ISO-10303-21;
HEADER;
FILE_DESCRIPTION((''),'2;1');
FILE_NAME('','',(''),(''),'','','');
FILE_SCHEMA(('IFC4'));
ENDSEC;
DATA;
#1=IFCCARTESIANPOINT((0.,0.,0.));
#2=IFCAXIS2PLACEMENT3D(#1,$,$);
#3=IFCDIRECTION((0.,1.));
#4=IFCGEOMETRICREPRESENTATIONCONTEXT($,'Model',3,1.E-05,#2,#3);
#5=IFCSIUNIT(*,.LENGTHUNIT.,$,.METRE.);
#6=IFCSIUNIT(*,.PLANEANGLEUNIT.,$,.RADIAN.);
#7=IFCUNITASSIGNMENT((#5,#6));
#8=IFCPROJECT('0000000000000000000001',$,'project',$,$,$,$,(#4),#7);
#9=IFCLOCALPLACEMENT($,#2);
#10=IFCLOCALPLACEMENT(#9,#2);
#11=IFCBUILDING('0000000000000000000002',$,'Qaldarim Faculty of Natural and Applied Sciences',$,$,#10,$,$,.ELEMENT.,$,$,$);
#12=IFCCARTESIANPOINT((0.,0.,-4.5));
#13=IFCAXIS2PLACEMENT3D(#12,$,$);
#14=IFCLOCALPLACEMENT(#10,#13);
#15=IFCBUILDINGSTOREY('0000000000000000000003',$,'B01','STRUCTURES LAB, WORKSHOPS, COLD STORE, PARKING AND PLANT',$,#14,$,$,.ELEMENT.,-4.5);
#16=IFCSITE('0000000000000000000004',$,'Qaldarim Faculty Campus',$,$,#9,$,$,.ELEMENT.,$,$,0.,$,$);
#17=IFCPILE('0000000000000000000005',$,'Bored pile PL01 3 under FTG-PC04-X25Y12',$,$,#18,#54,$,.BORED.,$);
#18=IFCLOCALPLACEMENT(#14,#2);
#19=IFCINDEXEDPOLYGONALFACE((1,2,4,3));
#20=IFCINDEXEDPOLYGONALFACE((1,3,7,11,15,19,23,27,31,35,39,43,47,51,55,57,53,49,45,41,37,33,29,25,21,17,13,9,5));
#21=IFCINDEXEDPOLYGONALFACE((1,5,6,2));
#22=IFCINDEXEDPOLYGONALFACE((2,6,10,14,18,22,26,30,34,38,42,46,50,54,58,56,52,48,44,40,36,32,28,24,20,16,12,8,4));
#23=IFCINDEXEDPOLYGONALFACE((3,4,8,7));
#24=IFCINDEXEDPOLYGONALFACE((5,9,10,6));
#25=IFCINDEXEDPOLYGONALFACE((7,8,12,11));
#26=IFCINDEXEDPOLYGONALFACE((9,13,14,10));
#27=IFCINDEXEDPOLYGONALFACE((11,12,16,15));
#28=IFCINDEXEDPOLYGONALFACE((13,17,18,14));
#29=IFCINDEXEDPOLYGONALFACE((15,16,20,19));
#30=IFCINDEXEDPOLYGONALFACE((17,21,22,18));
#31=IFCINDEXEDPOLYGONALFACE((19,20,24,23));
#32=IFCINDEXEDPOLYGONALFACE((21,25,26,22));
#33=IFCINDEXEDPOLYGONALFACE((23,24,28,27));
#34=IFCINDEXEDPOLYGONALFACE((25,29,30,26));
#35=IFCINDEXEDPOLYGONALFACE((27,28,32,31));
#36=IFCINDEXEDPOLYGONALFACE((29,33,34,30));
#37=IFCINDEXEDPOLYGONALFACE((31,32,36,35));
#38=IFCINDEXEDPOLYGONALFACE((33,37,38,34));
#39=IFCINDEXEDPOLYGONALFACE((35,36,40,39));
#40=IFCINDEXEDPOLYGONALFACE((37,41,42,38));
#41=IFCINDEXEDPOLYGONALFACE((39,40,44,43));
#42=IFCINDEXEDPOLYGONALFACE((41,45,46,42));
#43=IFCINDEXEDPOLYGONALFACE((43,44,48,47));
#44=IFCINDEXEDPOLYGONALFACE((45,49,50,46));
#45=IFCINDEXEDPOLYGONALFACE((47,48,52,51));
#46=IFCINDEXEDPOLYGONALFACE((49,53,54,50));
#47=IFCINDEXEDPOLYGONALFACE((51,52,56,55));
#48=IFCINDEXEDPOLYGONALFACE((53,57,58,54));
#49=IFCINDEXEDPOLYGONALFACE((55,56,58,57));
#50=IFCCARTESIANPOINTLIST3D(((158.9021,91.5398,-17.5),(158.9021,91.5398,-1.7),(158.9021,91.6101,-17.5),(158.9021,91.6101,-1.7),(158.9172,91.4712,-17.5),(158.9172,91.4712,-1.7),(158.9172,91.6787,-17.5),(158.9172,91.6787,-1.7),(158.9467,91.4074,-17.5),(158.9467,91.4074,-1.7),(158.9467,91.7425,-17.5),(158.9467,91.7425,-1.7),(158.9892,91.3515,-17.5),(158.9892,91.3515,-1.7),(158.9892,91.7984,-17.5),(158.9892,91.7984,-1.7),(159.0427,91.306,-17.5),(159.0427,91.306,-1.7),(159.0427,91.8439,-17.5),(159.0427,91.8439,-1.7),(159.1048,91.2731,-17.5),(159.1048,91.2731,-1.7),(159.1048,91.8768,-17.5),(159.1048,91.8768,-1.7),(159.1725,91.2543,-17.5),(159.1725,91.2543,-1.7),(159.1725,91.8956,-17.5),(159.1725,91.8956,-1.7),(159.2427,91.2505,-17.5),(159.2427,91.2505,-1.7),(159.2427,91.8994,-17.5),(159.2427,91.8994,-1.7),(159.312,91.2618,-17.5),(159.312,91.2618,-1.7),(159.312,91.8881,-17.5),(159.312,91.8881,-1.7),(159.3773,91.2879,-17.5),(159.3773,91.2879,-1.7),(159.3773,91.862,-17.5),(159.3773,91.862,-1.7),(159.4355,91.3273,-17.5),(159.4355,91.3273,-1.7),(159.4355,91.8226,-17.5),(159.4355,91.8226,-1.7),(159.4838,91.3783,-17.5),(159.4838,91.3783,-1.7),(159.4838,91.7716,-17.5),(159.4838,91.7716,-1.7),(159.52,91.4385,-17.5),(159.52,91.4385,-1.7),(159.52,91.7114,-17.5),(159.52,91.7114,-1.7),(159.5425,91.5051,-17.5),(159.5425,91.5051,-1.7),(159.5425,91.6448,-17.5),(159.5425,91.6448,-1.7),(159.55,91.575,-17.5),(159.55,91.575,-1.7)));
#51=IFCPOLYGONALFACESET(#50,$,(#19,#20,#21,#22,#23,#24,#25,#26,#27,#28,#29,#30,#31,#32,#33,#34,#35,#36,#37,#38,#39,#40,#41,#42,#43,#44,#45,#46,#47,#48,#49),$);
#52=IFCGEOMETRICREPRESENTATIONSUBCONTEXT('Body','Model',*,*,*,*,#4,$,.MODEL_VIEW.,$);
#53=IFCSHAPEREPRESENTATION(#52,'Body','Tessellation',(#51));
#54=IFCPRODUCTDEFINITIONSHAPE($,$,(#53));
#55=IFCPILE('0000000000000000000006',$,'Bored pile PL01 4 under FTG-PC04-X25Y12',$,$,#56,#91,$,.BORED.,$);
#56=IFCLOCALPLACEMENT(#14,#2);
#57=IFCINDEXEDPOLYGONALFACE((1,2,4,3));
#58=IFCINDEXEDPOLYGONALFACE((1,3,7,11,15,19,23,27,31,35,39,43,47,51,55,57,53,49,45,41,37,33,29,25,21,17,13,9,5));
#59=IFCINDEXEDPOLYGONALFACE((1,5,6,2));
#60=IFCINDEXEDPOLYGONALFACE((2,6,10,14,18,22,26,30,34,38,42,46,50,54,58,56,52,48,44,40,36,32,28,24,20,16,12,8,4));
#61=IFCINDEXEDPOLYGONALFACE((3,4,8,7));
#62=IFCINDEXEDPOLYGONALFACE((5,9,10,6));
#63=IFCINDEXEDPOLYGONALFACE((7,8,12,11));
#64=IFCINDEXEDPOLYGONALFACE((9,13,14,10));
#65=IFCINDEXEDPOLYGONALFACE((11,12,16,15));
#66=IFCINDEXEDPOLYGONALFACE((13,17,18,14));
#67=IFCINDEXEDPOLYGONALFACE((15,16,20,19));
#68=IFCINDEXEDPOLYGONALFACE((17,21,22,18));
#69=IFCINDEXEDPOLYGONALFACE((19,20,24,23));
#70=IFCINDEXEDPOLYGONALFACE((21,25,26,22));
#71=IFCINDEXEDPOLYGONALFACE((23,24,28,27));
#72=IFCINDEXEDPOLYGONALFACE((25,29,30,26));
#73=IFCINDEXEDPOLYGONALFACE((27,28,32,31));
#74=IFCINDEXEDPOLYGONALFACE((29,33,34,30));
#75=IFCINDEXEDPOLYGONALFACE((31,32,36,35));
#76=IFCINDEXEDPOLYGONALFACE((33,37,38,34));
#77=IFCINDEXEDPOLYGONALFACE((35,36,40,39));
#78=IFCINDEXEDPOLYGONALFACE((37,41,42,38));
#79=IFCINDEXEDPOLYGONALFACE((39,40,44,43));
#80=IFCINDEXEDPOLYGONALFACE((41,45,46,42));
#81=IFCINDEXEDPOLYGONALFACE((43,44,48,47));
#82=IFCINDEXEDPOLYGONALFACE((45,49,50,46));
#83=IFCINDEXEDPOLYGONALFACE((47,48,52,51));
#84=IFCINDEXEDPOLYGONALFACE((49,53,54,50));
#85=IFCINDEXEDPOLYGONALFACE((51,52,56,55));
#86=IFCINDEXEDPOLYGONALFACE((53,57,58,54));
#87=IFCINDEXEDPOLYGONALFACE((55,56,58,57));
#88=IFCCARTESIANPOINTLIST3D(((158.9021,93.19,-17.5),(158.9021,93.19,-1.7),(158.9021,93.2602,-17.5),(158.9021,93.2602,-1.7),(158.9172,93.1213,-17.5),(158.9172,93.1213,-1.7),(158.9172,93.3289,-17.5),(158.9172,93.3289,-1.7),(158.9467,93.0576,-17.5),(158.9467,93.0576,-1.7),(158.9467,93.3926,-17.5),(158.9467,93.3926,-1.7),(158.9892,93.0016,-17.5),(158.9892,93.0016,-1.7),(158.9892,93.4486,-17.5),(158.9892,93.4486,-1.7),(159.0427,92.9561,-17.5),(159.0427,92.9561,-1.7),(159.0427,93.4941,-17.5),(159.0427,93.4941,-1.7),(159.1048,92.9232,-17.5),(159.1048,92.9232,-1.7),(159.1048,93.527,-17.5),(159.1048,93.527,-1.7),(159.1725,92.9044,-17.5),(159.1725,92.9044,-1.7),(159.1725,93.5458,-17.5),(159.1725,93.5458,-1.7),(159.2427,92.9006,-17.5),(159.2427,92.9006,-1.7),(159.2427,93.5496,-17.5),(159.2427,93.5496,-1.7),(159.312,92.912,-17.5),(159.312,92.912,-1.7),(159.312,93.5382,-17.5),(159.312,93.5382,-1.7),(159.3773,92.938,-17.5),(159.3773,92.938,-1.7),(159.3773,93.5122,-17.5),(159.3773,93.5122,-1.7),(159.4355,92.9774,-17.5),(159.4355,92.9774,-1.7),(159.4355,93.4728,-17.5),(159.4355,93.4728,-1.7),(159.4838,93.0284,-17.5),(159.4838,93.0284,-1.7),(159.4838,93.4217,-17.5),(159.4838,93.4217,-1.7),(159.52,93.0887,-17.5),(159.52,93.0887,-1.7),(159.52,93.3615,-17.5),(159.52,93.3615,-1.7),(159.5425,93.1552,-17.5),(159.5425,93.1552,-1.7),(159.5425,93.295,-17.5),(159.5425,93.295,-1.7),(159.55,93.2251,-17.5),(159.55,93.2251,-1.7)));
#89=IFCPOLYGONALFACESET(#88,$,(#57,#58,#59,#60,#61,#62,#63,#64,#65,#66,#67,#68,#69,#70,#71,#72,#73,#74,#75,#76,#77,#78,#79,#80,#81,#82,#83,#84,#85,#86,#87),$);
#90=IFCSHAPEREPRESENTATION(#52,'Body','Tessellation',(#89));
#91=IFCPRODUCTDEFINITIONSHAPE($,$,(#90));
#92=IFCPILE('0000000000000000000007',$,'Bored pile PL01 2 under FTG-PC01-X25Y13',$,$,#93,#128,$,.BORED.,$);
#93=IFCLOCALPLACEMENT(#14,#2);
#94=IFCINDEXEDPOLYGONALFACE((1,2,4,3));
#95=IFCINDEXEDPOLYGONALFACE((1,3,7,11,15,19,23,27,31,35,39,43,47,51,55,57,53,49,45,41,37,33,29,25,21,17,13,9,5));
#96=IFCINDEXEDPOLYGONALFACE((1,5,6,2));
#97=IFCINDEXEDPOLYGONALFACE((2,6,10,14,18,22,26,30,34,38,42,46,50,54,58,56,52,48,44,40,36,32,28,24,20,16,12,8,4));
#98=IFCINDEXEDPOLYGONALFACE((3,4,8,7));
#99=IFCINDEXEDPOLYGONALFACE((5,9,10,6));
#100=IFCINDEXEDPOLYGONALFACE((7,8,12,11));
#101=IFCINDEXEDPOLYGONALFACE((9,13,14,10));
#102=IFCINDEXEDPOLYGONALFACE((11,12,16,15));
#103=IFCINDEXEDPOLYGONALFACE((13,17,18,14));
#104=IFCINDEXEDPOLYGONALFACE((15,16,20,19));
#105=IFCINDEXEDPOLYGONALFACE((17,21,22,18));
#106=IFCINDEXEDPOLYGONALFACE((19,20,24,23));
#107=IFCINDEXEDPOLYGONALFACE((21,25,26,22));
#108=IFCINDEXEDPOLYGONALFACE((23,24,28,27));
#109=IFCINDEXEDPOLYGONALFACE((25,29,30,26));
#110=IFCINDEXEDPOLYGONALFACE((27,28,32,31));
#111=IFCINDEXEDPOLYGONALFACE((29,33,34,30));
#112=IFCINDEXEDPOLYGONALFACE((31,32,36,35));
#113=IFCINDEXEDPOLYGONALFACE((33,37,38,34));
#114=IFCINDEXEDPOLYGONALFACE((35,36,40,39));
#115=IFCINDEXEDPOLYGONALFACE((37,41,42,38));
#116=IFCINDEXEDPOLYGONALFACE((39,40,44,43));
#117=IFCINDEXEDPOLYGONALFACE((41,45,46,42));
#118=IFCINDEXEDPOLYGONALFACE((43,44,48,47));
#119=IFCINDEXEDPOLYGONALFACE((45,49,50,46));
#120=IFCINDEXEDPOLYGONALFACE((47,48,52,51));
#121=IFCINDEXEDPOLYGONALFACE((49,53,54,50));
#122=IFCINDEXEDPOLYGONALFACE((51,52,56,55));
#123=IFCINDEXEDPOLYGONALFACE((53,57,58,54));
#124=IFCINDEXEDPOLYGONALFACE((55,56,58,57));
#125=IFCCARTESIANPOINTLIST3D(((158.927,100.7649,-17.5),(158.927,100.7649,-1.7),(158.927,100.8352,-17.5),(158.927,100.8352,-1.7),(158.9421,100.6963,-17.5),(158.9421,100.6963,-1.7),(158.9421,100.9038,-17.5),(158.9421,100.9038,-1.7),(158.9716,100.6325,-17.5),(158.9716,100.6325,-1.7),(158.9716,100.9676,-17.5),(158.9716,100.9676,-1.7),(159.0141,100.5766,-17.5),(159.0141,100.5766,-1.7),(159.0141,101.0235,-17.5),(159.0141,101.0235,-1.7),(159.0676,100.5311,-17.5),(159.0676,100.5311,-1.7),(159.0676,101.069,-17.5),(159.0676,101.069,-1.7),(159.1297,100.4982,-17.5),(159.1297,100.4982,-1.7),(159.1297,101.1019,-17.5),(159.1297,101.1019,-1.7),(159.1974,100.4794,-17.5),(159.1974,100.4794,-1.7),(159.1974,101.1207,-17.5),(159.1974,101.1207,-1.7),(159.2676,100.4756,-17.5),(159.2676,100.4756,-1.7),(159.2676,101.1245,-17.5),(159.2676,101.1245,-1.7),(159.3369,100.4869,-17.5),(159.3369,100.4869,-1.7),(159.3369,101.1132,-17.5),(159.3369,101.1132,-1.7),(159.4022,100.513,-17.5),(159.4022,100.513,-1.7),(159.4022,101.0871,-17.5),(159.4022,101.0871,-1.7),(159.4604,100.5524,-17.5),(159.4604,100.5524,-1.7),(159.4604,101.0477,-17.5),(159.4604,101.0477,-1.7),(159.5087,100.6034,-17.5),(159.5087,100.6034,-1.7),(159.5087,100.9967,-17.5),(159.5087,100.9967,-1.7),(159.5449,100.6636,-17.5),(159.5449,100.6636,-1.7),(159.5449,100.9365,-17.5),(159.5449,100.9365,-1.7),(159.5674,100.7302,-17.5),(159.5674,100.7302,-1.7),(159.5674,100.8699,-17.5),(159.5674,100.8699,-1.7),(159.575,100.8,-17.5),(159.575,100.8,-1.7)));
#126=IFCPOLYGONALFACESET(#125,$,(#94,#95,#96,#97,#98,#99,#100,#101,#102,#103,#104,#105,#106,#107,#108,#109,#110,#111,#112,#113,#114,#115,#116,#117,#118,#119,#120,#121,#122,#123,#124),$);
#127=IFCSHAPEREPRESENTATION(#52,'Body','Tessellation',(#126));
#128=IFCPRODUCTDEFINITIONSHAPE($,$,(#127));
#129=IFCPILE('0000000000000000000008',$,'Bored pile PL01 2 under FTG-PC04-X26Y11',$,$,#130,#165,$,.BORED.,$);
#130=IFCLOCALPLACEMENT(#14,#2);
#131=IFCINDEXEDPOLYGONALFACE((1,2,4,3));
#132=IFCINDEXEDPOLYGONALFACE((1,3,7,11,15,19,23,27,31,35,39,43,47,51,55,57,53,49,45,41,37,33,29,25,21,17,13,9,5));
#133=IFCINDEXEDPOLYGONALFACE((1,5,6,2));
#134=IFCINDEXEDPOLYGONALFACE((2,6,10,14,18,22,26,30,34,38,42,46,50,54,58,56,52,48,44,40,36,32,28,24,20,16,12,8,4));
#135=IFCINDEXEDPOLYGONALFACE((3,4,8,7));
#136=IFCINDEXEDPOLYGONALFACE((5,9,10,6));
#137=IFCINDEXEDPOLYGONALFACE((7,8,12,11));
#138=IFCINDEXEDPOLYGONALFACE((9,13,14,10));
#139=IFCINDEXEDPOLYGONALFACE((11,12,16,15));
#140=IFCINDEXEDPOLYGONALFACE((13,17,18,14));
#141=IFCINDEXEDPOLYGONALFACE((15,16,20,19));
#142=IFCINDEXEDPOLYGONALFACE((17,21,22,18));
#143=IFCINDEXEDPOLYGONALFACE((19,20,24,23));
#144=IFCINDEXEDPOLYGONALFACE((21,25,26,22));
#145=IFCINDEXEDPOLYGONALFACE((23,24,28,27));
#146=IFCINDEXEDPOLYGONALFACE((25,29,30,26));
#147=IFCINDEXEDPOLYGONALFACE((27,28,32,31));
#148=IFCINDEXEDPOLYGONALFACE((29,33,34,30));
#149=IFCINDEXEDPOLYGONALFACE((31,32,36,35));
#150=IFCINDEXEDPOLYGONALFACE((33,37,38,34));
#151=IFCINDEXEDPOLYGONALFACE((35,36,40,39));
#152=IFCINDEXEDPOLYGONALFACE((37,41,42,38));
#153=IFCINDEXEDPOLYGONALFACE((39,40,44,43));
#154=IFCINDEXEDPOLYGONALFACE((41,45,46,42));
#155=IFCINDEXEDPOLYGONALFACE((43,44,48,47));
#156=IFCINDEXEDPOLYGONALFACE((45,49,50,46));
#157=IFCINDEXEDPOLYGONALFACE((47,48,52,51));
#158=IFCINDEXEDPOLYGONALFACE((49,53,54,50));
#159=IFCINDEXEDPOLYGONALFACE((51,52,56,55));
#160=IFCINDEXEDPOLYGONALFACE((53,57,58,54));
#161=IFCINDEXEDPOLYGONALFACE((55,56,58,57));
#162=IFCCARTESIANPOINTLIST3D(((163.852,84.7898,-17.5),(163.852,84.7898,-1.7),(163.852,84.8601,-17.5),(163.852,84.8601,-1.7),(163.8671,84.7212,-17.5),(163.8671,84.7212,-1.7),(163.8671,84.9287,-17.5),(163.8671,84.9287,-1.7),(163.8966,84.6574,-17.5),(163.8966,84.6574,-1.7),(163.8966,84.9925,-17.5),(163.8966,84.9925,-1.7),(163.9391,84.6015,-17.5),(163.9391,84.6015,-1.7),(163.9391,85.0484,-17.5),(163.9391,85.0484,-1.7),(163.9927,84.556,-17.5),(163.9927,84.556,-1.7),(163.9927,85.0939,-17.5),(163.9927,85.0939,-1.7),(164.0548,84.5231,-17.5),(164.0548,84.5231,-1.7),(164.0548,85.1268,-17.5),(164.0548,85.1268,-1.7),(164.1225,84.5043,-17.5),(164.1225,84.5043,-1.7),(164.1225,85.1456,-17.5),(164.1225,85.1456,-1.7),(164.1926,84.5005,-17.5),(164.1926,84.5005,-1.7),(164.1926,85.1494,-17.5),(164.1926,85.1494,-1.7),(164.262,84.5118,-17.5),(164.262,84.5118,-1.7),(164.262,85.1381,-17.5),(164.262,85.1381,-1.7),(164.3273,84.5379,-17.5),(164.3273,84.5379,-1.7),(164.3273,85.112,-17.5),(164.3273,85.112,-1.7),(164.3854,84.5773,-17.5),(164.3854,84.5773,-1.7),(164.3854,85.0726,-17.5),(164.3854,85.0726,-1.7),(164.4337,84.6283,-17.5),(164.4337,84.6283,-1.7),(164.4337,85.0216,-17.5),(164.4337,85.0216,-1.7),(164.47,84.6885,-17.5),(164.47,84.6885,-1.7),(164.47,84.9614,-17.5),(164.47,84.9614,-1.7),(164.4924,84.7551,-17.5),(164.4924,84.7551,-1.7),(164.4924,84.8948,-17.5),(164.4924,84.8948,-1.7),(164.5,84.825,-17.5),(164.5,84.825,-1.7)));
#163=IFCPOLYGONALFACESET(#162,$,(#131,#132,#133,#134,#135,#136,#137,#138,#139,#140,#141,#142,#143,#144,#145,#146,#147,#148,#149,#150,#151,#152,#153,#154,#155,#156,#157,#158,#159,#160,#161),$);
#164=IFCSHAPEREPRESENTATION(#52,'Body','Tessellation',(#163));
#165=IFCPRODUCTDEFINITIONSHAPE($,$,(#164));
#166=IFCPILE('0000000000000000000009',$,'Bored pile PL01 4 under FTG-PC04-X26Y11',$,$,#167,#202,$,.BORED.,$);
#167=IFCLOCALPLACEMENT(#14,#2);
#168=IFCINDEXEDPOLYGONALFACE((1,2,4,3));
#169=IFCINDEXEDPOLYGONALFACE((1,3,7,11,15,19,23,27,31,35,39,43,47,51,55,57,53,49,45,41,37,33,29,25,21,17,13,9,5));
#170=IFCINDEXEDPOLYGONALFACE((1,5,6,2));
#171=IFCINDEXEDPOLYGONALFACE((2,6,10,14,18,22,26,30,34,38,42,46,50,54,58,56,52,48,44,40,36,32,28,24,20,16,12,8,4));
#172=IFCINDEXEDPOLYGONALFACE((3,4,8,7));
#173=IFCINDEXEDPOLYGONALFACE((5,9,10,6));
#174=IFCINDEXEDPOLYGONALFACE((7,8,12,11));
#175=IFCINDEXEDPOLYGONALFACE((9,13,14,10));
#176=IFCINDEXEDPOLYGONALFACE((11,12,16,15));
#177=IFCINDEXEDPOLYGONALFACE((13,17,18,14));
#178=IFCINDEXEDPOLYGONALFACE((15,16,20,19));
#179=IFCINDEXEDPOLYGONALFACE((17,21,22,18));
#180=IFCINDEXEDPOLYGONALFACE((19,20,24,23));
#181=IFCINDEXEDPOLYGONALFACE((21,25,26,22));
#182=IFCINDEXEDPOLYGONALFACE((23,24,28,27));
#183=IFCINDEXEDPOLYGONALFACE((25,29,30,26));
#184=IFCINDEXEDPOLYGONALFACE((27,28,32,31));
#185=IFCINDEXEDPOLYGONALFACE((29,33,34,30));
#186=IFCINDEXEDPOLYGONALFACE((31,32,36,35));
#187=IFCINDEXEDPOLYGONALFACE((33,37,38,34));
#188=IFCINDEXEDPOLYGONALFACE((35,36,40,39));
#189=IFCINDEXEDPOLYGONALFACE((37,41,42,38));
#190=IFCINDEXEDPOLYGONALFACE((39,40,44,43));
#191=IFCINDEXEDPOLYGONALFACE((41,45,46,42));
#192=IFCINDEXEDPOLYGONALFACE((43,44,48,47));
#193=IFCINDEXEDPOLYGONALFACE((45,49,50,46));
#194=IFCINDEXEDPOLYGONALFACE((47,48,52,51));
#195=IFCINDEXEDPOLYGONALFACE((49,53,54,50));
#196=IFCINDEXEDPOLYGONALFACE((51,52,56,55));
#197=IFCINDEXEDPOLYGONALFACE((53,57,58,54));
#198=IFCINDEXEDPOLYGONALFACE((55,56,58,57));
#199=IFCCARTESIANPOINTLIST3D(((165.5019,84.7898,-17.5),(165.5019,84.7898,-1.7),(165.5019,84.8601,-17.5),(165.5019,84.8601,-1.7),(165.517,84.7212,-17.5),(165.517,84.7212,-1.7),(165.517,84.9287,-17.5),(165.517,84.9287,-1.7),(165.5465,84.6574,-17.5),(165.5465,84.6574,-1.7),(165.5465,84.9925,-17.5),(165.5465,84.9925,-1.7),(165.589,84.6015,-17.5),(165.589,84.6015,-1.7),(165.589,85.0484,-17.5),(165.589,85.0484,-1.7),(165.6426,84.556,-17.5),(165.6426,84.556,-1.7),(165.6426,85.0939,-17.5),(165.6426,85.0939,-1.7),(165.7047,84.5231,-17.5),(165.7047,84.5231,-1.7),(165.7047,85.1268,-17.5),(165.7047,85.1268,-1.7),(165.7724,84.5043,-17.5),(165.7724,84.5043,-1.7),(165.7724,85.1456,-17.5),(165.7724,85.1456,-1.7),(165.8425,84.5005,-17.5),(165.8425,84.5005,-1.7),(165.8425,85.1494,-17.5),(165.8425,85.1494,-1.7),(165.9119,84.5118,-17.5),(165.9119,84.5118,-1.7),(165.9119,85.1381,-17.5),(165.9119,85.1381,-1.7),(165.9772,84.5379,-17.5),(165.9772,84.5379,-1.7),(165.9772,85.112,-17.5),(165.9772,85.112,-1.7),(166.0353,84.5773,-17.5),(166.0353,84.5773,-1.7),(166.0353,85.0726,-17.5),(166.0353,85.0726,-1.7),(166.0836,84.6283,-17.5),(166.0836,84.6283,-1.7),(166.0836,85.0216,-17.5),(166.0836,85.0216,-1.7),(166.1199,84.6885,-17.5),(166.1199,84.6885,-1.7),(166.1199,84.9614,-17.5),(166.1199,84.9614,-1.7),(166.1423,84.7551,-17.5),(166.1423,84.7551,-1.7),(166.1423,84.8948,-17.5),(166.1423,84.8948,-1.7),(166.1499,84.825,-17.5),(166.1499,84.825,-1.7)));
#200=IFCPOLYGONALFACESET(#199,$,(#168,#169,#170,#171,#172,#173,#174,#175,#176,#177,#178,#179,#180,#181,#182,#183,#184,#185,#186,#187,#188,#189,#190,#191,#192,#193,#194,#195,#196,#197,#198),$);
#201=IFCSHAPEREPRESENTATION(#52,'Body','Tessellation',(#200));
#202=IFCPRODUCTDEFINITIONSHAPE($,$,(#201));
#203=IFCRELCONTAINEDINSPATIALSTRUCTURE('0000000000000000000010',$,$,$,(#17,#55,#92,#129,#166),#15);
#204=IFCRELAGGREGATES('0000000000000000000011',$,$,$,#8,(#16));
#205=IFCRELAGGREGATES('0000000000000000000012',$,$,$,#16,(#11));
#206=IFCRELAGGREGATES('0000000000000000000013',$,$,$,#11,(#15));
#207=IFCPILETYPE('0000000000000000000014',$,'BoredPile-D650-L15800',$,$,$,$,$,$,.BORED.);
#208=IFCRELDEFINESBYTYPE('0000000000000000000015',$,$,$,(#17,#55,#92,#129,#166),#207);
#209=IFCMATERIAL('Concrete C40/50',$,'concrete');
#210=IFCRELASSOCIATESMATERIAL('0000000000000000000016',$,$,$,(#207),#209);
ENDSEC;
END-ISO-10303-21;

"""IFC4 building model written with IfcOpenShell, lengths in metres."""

from ifc_helpers import new_model, si_unit, direction, frame, origin, origin_2d, place, context, subcontext, project, spatial, circle, extrude, material, material_profile, profile_set, type_object, element, save


model = new_model("IFC4")

# Units and contexts
model_context = context("Model", 3, precision=1e-05, world=origin(), true_north=direction((0.0, 1.0)))
body_context = subcontext(model_context, "Body", "Model", "MODEL_VIEW")
ifc_project = project(units=[si_unit("LENGTHUNIT", "METRE"), si_unit("PLANEANGLEUNIT", "RADIAN")], contexts=[model_context])

# Site, building, storey
site_placement = place(None, origin())
site = spatial("IfcSite", under=ifc_project, at=site_placement, Name="Qaldarim Faculty Campus", CompositionType="ELEMENT", RefElevation=0.0)
building_placement = place(site_placement, origin())
building = spatial("IfcBuilding", under=site, at=building_placement, Name="Qaldarim Faculty of Natural and Applied Sciences", CompositionType="ELEMENT")
storey_placement = place(building_placement, frame((0.0, 0.0, -4.5)))
storey = spatial("IfcBuildingStorey", under=building, at=storey_placement, Name="B01", Description="STRUCTURES LAB, WORKSHOPS, COLD STORE, PARKING AND PLANT", CompositionType="ELEMENT", Elevation=-4.5)

# Piles
ifc_material_1 = material(Name="Concrete C40/50", Category="concrete")
ifc_material_profile_1 = material_profile(ifc_material_1, circle(Radius=0.325, at=origin_2d()), Name="PILE-D650")
ifc_profile_set_1 = profile_set([ifc_material_profile_1], Name="Concrete C40/50")
pile_type_1 = type_object("IfcPileType", Name="BoredPile-D650-L15800", PredefinedType="BORED", material=ifc_profile_set_1)
for number, where, z_axis, x_axis, name in (
    (1, (159.2251, 91.575, -1.7), (0.0, 0.0, -1.0), (1.0, 0.0, 0.0), "Bored pile PL01 3 under FTG-PC04-X25Y12"),
    (2, (159.2251, 93.2251, -1.7), (0.0, 0.0, -1.0), (1.0, 0.0, 0.0), "Bored pile PL01 4 under FTG-PC04-X25Y12"),
    (3, (159.25, 100.8, -1.7), (0.0, 0.0, -1.0), (1.0, 0.0, 0.0), "Bored pile PL01 2 under FTG-PC01-X25Y13"),
    (4, (164.175, 84.825, -1.7), (0.0, 0.0, -1.0), (1.0, 0.0, 0.0), "Bored pile PL01 2 under FTG-PC04-X26Y11"),
    (5, (165.825, 84.825, -1.7), (0.0, 0.0, -1.0), (1.0, 0.0, 0.0), "Bored pile PL01 4 under FTG-PC04-X26Y11"),
):
    element("IfcPile", number, at=place(storey_placement, frame(where, z_axis=z_axis, x_axis=x_axis)), inside=storey, type_object=pile_type_1, Name=name, PredefinedType="BORED", context=body_context, shape_type="SweptSolid", body=[
        extrude(circle(Radius=0.325, at=origin_2d()), origin(), (0.0, 0.0, 1.0), 15.8),
    ])

save(model, "model.ifc")
